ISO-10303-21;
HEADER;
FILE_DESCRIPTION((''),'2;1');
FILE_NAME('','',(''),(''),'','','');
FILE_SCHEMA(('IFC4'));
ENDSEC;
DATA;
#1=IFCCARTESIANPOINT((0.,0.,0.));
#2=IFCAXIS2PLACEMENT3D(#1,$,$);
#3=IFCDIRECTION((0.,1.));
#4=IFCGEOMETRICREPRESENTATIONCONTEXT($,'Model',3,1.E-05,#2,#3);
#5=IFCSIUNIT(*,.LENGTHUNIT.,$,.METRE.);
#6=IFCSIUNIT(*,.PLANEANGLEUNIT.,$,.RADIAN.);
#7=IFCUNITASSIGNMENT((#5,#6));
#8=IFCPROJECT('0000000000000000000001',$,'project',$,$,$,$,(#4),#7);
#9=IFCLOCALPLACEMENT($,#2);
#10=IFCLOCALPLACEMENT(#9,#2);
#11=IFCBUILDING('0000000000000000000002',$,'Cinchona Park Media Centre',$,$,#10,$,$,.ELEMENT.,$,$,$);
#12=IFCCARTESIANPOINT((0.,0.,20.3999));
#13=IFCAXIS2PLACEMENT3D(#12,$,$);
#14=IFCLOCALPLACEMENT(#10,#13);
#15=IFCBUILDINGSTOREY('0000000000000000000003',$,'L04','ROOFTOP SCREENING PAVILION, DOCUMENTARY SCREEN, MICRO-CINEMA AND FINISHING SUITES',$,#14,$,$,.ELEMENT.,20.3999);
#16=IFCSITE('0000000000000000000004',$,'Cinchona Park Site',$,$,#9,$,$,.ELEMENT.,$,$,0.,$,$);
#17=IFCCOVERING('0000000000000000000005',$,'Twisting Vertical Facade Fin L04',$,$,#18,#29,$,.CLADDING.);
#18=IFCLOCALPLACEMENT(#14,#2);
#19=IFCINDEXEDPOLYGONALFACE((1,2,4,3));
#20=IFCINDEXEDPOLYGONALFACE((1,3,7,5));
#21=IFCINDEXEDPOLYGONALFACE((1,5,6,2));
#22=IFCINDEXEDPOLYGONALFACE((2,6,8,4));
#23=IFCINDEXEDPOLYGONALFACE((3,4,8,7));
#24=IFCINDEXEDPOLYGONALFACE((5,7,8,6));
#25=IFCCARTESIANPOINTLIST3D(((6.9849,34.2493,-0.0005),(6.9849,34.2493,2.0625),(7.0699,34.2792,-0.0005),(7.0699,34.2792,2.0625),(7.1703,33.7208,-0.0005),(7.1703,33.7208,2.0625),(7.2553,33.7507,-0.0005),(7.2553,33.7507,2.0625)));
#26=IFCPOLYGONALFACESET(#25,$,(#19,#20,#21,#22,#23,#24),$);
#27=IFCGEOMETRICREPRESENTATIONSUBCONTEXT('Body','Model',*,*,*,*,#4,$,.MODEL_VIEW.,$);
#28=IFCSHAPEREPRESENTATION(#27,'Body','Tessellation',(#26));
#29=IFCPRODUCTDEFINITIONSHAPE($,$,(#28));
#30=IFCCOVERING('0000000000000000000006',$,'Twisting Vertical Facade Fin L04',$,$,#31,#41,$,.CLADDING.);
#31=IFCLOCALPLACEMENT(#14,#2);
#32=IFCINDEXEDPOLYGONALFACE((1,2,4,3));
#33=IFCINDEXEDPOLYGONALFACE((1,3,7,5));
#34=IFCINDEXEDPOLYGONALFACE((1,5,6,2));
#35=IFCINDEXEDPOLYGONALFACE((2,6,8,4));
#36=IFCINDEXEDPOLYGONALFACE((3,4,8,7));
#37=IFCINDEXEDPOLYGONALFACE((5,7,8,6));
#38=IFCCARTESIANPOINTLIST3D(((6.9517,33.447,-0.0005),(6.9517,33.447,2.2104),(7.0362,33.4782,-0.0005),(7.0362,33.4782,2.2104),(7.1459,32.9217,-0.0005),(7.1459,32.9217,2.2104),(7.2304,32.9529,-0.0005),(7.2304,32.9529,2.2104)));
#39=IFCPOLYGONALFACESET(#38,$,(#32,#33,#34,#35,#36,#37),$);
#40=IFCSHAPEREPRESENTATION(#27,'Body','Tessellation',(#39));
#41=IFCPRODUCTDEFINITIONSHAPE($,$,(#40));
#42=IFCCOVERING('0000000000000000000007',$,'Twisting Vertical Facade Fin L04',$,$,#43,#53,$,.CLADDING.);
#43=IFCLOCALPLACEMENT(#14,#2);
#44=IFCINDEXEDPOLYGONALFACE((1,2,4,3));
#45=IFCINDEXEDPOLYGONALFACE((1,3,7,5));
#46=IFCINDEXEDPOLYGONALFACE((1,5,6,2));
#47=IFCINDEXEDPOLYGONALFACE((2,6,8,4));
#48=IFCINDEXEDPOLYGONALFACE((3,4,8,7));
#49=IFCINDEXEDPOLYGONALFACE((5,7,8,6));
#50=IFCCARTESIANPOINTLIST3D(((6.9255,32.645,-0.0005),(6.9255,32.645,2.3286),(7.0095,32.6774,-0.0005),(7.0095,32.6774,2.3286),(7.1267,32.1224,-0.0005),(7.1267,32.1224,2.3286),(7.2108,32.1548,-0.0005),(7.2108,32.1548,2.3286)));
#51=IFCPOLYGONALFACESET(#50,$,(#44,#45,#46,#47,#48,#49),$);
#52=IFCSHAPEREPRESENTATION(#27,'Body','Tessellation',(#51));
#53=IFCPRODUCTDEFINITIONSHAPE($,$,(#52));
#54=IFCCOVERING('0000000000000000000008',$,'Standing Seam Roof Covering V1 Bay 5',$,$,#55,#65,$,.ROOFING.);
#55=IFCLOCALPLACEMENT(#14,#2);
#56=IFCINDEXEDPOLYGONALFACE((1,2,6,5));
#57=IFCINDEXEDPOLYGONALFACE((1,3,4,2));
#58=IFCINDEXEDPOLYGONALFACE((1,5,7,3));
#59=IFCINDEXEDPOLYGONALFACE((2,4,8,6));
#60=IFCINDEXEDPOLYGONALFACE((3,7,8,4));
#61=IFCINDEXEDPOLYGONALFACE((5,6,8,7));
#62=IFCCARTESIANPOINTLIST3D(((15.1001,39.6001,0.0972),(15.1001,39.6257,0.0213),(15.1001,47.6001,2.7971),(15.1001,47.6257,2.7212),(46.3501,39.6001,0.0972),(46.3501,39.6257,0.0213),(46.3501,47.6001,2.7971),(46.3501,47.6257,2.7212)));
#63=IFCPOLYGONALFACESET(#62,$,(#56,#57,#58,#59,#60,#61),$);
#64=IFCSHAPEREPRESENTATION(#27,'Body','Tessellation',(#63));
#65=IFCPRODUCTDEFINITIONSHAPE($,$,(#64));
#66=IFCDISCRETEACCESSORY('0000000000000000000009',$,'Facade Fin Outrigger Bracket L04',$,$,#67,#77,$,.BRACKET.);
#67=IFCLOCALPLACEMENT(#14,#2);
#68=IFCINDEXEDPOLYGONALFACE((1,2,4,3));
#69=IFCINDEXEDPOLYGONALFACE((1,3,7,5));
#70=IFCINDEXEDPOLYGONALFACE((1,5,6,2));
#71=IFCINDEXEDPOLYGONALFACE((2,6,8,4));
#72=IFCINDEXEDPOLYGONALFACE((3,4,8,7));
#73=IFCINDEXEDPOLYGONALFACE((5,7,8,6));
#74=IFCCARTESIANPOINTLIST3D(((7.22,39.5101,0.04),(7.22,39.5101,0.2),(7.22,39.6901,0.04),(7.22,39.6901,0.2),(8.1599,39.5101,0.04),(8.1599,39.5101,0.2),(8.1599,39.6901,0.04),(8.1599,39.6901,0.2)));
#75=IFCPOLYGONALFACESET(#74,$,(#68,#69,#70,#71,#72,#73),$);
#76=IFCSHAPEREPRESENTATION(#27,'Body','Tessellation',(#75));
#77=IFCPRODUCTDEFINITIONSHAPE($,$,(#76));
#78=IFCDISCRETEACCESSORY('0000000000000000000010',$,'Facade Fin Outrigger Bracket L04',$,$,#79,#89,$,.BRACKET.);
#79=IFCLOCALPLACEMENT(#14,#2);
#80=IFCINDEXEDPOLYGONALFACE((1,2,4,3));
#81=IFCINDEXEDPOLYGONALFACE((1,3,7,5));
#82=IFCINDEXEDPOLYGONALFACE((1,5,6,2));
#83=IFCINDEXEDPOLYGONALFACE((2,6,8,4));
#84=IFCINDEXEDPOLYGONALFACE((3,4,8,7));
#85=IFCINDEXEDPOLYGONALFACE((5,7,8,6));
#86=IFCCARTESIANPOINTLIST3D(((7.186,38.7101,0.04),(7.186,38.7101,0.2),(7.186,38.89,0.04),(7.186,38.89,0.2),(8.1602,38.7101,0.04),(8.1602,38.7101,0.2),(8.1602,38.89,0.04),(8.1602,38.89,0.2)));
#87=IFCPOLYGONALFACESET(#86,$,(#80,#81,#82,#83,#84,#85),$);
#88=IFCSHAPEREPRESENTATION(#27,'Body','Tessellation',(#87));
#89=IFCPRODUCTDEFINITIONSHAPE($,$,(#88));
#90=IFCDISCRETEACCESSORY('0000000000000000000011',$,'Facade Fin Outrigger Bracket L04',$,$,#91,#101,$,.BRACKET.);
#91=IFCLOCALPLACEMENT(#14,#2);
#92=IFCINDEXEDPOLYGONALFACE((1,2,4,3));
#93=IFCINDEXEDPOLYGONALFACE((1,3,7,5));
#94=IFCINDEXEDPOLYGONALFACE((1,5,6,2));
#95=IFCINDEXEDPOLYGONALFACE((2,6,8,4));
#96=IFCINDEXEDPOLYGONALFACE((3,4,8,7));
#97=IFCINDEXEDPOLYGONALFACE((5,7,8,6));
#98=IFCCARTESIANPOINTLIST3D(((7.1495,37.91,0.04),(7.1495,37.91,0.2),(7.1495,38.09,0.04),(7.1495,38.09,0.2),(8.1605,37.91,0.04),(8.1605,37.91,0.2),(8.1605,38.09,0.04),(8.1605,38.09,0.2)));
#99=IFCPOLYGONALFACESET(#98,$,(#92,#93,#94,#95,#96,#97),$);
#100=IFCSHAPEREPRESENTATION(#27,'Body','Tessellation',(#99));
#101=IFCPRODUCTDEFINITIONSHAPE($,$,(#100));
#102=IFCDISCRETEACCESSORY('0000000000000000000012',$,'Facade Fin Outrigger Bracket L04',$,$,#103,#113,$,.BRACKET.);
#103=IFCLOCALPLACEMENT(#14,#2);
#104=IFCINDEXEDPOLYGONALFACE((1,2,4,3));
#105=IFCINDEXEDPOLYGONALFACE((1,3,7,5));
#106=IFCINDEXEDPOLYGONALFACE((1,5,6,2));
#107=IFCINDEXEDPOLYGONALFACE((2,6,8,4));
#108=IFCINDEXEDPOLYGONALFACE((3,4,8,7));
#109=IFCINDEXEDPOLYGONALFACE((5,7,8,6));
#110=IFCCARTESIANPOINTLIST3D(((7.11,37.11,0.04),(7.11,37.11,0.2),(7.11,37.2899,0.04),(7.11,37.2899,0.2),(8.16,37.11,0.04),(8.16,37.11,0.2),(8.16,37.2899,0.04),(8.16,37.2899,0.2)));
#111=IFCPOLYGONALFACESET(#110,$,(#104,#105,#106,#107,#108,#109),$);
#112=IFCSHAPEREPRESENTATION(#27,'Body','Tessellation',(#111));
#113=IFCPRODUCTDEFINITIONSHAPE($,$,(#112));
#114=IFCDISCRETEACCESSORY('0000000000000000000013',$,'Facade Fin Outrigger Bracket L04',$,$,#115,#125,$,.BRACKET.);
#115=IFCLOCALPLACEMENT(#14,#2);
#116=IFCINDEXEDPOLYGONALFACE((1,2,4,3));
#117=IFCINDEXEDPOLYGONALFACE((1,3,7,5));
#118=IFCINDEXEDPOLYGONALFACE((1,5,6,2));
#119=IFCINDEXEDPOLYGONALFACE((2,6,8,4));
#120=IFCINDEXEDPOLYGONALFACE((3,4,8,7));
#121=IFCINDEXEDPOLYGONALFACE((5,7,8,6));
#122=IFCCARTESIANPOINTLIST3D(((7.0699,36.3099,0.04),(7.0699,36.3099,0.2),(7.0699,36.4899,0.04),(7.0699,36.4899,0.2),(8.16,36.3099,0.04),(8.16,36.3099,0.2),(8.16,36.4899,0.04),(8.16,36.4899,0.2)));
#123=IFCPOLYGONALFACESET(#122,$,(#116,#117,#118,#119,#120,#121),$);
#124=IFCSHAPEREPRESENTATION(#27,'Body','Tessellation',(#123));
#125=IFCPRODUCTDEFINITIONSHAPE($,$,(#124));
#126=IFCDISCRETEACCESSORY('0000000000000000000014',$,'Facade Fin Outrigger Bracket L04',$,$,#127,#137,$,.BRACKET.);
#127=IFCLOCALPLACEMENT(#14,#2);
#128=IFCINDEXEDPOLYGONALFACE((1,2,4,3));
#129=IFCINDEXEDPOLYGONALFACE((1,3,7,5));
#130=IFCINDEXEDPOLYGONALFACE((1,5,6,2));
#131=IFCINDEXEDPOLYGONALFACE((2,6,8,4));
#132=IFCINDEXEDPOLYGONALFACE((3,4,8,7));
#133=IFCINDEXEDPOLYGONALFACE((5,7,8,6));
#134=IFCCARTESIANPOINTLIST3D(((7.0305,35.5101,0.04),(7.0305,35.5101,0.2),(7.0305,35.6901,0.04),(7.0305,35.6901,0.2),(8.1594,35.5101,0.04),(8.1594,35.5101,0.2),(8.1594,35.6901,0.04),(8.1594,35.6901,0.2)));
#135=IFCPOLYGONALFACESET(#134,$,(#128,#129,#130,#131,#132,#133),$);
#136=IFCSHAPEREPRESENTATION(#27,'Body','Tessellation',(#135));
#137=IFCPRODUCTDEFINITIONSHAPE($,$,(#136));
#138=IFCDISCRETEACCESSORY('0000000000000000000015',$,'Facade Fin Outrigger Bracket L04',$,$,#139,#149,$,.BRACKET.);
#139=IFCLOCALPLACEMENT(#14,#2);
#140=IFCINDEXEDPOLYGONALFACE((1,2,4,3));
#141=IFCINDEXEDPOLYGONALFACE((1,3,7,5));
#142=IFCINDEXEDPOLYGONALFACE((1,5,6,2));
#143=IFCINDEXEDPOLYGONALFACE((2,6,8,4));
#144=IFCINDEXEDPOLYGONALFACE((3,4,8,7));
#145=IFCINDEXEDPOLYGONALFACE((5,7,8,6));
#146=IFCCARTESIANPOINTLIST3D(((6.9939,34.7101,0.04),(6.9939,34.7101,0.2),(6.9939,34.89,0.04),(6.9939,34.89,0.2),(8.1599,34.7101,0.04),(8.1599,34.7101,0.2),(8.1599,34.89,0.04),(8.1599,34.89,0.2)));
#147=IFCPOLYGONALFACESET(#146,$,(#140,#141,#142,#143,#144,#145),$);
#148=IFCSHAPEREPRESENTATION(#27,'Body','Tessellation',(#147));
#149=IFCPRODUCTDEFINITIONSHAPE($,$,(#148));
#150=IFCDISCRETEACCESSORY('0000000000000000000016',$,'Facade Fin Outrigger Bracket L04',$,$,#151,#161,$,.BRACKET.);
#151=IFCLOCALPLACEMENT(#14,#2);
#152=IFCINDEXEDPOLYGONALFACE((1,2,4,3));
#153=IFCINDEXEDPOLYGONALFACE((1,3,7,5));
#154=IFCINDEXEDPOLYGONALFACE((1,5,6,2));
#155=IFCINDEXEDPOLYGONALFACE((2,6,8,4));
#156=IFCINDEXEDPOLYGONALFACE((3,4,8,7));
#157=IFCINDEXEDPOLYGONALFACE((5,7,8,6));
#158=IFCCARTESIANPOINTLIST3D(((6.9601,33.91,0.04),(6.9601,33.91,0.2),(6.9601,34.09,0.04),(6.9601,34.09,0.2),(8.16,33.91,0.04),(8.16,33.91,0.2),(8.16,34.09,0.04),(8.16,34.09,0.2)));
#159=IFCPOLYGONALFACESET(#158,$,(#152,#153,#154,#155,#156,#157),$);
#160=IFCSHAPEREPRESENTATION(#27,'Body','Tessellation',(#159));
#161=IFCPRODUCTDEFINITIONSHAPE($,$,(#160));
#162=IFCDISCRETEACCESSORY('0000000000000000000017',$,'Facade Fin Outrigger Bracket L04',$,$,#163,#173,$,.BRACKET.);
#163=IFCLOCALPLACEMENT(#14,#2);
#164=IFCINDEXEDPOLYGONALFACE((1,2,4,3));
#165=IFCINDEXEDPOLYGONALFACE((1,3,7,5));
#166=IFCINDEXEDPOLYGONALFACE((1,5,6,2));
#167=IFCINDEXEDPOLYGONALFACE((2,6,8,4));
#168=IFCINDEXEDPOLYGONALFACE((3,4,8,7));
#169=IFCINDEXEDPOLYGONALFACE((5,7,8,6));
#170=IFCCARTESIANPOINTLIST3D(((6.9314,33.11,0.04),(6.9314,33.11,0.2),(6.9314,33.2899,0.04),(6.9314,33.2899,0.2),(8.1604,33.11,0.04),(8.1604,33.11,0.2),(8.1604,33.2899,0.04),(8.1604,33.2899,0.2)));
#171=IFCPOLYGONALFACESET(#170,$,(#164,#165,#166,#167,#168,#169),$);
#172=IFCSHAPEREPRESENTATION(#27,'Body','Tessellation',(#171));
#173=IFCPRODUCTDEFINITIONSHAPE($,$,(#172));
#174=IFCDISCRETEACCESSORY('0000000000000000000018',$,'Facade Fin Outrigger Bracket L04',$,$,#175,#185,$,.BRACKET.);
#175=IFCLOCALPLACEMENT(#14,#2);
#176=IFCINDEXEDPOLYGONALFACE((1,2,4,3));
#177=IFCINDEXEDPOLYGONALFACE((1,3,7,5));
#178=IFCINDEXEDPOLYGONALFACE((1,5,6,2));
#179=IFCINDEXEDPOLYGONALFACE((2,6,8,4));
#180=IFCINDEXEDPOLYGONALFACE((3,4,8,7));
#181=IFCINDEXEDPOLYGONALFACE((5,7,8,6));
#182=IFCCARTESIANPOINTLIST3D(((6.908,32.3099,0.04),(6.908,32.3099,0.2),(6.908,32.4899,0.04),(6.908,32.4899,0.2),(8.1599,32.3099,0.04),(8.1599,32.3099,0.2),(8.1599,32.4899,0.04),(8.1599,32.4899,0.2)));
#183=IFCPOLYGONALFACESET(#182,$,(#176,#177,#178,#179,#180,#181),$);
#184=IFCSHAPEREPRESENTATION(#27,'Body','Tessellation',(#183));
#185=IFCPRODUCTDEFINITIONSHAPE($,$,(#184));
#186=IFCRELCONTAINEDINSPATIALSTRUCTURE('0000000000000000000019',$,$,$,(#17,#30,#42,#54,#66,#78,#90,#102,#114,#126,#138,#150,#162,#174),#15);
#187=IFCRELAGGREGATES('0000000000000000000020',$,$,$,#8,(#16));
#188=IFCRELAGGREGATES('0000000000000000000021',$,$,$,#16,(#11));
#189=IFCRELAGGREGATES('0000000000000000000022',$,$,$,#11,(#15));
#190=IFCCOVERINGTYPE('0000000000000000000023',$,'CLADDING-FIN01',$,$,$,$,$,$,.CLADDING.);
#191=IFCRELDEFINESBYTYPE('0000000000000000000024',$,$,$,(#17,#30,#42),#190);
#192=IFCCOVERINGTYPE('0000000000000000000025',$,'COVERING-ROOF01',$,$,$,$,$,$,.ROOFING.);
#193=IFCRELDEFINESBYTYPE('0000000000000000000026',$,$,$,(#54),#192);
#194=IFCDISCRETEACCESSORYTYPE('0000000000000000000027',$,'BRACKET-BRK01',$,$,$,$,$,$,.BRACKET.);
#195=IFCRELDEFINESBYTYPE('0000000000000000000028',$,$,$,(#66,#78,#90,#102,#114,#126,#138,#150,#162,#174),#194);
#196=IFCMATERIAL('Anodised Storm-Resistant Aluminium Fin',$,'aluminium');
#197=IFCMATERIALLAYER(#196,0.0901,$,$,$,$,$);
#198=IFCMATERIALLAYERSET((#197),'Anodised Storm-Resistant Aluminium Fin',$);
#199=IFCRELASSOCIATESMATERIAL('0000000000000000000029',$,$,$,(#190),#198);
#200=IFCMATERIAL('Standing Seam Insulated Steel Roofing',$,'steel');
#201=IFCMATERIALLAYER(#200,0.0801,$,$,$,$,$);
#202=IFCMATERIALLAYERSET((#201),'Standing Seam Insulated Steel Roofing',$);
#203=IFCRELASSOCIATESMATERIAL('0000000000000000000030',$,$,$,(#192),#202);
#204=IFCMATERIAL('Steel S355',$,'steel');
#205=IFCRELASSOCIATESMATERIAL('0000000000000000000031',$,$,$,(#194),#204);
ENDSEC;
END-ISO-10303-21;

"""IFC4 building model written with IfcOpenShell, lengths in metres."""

from ifc_helpers import new_model, si_unit, direction, frame, origin, origin_2d, place, context, subcontext, project, spatial, polyline, rectangle, outline, extrude, material, layer, layer_set, type_object, element, save


model = new_model("IFC4")

# Units and contexts
model_context = context("Model", 3, precision=1e-05, world=origin(), true_north=direction((0.0, 1.0)))
body_context = subcontext(model_context, "Body", "Model", "MODEL_VIEW")
ifc_project = project(units=[si_unit("LENGTHUNIT", "METRE"), si_unit("PLANEANGLEUNIT", "RADIAN")], contexts=[model_context])

# Site, building, storey
site_placement = place(None, origin())
site = spatial("IfcSite", under=ifc_project, at=site_placement, Name="Cinchona Park Site", CompositionType="ELEMENT", RefElevation=0.0)
building_placement = place(site_placement, origin())
building = spatial("IfcBuilding", under=site, at=building_placement, Name="Cinchona Park Media Centre", CompositionType="ELEMENT")
storey_placement = place(building_placement, frame((0.0, 0.0, 20.3999)))
storey = spatial("IfcBuildingStorey", under=building, at=storey_placement, Name="L04", Description="ROOFTOP SCREENING PAVILION, DOCUMENTARY SCREEN, MICRO-CINEMA AND FINISHING SUITES", CompositionType="ELEMENT", Elevation=20.3999)

# Coverings
ifc_material_1 = material(Name="Anodised Storm-Resistant Aluminium Fin", Category="aluminium")
ifc_layer_1 = layer(ifc_material_1, 0.0901)
ifc_layer_set_1 = layer_set([ifc_layer_1], Name="Anodised Storm-Resistant Aluminium Fin")
covering_type_1 = type_object("IfcCoveringType", Name="CLADDING-FIN01", PredefinedType="CLADDING", material=ifc_layer_set_1)
covering_1_placement = place(storey_placement, frame((7.1201, 34.0, -0.0005), z_axis=(0.0, 0.0, 1.0), x_axis=(0.331009, -0.943628, 0.0)))
element("IfcCovering", 1, at=covering_1_placement, inside=storey, type_object=covering_type_1, Name="Twisting Vertical Facade Fin L04", PredefinedType="CLADDING", context=body_context, shape_type="SweptSolid", body=[
    extrude(rectangle(XDim=0.5601, YDim=0.0901, at=origin_2d()), origin(), (0.0, 0.0, 1.0), 2.063),
])
covering_2_placement = place(storey_placement, frame((7.0911, 33.2, -0.0005), z_axis=(0.0, 0.0, 1.0), x_axis=(0.346772, -0.937949, 0.0)))
element("IfcCovering", 2, at=covering_2_placement, inside=storey, type_object=covering_type_1, Name="Twisting Vertical Facade Fin L04", PredefinedType="CLADDING", context=body_context, shape_type="SweptSolid", body=[
    extrude(rectangle(XDim=0.5601, YDim=0.0901, at=origin_2d()), origin(), (0.0, 0.0, 1.0), 2.2109),
])
covering_3_placement = place(storey_placement, frame((7.0681, 32.3999, -0.0005), z_axis=(0.0, 0.0, 1.0), x_axis=(0.359345, -0.933205, 0.0)))
element("IfcCovering", 3, at=covering_3_placement, inside=storey, type_object=covering_type_1, Name="Twisting Vertical Facade Fin L04", PredefinedType="CLADDING", context=body_context, shape_type="SweptSolid", body=[
    extrude(rectangle(XDim=0.5601, YDim=0.0901, at=origin_2d()), origin(), (0.0, 0.0, 1.0), 2.3291),
])
ifc_material_2 = material(Name="Standing Seam Insulated Steel Roofing", Category="steel")
ifc_layer_2 = layer(ifc_material_2, 0.0801)
ifc_layer_set_2 = layer_set([ifc_layer_2], Name="Standing Seam Insulated Steel Roofing")
covering_type_2 = type_object("IfcCoveringType", Name="COVERING-ROOF01", PredefinedType="ROOFING", material=ifc_layer_set_2)
covering_4_placement = place(storey_placement, frame((15.1001, 39.6001, 0.0972), z_axis=(0.0, -0.319773, 0.947494), x_axis=(1.0, 0.0, 0.0)))
element("IfcCovering", 4, at=covering_4_placement, inside=storey, type_object=covering_type_2, Name="Standing Seam Roof Covering V1 Bay 5", PredefinedType="ROOFING", context=body_context, shape_type="SweptSolid", body=[
    extrude(outline(polyline([(0.0, 0.0), (31.25, 0.0), (31.25, 8.4433), (0.0, 8.4433), (0.0, 0.0)])), origin(), (0.0, 0.0, -1.0), 0.0801),
])

# Discrete accessories
ifc_material_3 = material(Name="Steel S355", Category="steel")
discrete_accessory_type = type_object("IfcDiscreteAccessoryType", Name="BRACKET-BRK01", PredefinedType="BRACKET", material=ifc_material_3)
discrete_accessory_1_placement = place(storey_placement, frame((7.6899, 39.6001, 0.04), z_axis=(0.0, 0.0, 1.0), x_axis=(0.0, -1.0, 0.0)))
element("IfcDiscreteAccessory", 5, at=discrete_accessory_1_placement, inside=storey, type_object=discrete_accessory_type, Name="Facade Fin Outrigger Bracket L04", PredefinedType="BRACKET", context=body_context, shape_type="SweptSolid", body=[
    extrude(rectangle(XDim=0.1799, YDim=0.9399, at=origin_2d()), origin(), (0.0, 0.0, 1.0), 0.1599),
])
discrete_accessory_2_placement = place(storey_placement, frame((7.6731, 38.8, 0.04), z_axis=(0.0, 0.0, 1.0), x_axis=(0.0, -1.0, 0.0)))
element("IfcDiscreteAccessory", 6, at=discrete_accessory_2_placement, inside=storey, type_object=discrete_accessory_type, Name="Facade Fin Outrigger Bracket L04", PredefinedType="BRACKET", context=body_context, shape_type="SweptSolid", body=[
    extrude(rectangle(XDim=0.1799, YDim=0.9741, at=origin_2d()), origin(), (0.0, 0.0, 1.0), 0.1599),
])
discrete_accessory_3_placement = place(storey_placement, frame((7.655, 38.0, 0.04), z_axis=(0.0, 0.0, 1.0), x_axis=(0.0, -1.0, 0.0)))
element("IfcDiscreteAccessory", 7, at=discrete_accessory_3_placement, inside=storey, type_object=discrete_accessory_type, Name="Facade Fin Outrigger Bracket L04", PredefinedType="BRACKET", context=body_context, shape_type="SweptSolid", body=[
    extrude(rectangle(XDim=0.1799, YDim=1.011, at=origin_2d()), origin(), (0.0, 0.0, 1.0), 0.1599),
])
discrete_accessory_4_placement = place(storey_placement, frame((7.635, 37.2, 0.04), z_axis=(0.0, 0.0, 1.0), x_axis=(0.0, -1.0, 0.0)))
element("IfcDiscreteAccessory", 8, at=discrete_accessory_4_placement, inside=storey, type_object=discrete_accessory_type, Name="Facade Fin Outrigger Bracket L04", PredefinedType="BRACKET", context=body_context, shape_type="SweptSolid", body=[
    extrude(rectangle(XDim=0.1799, YDim=1.05, at=origin_2d()), origin(), (0.0, 0.0, 1.0), 0.1599),
])
discrete_accessory_5_placement = place(storey_placement, frame((7.615, 36.3999, 0.04), z_axis=(0.0, 0.0, 1.0), x_axis=(0.0, -1.0, 0.0)))
element("IfcDiscreteAccessory", 9, at=discrete_accessory_5_placement, inside=storey, type_object=discrete_accessory_type, Name="Facade Fin Outrigger Bracket L04", PredefinedType="BRACKET", context=body_context, shape_type="SweptSolid", body=[
    extrude(rectangle(XDim=0.1799, YDim=1.0901, at=origin_2d()), origin(), (0.0, 0.0, 1.0), 0.1599),
])
discrete_accessory_6_placement = place(storey_placement, frame((7.595, 35.6001, 0.04), z_axis=(0.0, 0.0, 1.0), x_axis=(0.0, -1.0, 0.0)))
element("IfcDiscreteAccessory", 10, at=discrete_accessory_6_placement, inside=storey, type_object=discrete_accessory_type, Name="Facade Fin Outrigger Bracket L04", PredefinedType="BRACKET", context=body_context, shape_type="SweptSolid", body=[
    extrude(rectangle(XDim=0.1799, YDim=1.1289, at=origin_2d()), origin(), (0.0, 0.0, 1.0), 0.1599),
])
discrete_accessory_7_placement = place(storey_placement, frame((7.5769, 34.8, 0.04), z_axis=(0.0, 0.0, 1.0), x_axis=(0.0, -1.0, 0.0)))
element("IfcDiscreteAccessory", 11, at=discrete_accessory_7_placement, inside=storey, type_object=discrete_accessory_type, Name="Facade Fin Outrigger Bracket L04", PredefinedType="BRACKET", context=body_context, shape_type="SweptSolid", body=[
    extrude(rectangle(XDim=0.1799, YDim=1.166, at=origin_2d()), origin(), (0.0, 0.0, 1.0), 0.1599),
])
discrete_accessory_8_placement = place(storey_placement, frame((7.5601, 34.0, 0.04), z_axis=(0.0, 0.0, 1.0), x_axis=(0.0, -1.0, 0.0)))
element("IfcDiscreteAccessory", 12, at=discrete_accessory_8_placement, inside=storey, type_object=discrete_accessory_type, Name="Facade Fin Outrigger Bracket L04", PredefinedType="BRACKET", context=body_context, shape_type="SweptSolid", body=[
    extrude(rectangle(XDim=0.1799, YDim=1.2, at=origin_2d()), origin(), (0.0, 0.0, 1.0), 0.1599),
])
discrete_accessory_9_placement = place(storey_placement, frame((7.5459, 33.2, 0.04), z_axis=(0.0, 0.0, 1.0), x_axis=(0.0, -1.0, 0.0)))
element("IfcDiscreteAccessory", 13, at=discrete_accessory_9_placement, inside=storey, type_object=discrete_accessory_type, Name="Facade Fin Outrigger Bracket L04", PredefinedType="BRACKET", context=body_context, shape_type="SweptSolid", body=[
    extrude(rectangle(XDim=0.1799, YDim=1.229, at=origin_2d()), origin(), (0.0, 0.0, 1.0), 0.1599),
])
discrete_accessory_10_placement = place(storey_placement, frame((7.5339, 32.3999, 0.04), z_axis=(0.0, 0.0, 1.0), x_axis=(0.0, -1.0, 0.0)))
element("IfcDiscreteAccessory", 14, at=discrete_accessory_10_placement, inside=storey, type_object=discrete_accessory_type, Name="Facade Fin Outrigger Bracket L04", PredefinedType="BRACKET", context=body_context, shape_type="SweptSolid", body=[
    extrude(rectangle(XDim=0.1799, YDim=1.252, at=origin_2d()), origin(), (0.0, 0.0, 1.0), 0.1599),
])

save(model, "model.ifc")
